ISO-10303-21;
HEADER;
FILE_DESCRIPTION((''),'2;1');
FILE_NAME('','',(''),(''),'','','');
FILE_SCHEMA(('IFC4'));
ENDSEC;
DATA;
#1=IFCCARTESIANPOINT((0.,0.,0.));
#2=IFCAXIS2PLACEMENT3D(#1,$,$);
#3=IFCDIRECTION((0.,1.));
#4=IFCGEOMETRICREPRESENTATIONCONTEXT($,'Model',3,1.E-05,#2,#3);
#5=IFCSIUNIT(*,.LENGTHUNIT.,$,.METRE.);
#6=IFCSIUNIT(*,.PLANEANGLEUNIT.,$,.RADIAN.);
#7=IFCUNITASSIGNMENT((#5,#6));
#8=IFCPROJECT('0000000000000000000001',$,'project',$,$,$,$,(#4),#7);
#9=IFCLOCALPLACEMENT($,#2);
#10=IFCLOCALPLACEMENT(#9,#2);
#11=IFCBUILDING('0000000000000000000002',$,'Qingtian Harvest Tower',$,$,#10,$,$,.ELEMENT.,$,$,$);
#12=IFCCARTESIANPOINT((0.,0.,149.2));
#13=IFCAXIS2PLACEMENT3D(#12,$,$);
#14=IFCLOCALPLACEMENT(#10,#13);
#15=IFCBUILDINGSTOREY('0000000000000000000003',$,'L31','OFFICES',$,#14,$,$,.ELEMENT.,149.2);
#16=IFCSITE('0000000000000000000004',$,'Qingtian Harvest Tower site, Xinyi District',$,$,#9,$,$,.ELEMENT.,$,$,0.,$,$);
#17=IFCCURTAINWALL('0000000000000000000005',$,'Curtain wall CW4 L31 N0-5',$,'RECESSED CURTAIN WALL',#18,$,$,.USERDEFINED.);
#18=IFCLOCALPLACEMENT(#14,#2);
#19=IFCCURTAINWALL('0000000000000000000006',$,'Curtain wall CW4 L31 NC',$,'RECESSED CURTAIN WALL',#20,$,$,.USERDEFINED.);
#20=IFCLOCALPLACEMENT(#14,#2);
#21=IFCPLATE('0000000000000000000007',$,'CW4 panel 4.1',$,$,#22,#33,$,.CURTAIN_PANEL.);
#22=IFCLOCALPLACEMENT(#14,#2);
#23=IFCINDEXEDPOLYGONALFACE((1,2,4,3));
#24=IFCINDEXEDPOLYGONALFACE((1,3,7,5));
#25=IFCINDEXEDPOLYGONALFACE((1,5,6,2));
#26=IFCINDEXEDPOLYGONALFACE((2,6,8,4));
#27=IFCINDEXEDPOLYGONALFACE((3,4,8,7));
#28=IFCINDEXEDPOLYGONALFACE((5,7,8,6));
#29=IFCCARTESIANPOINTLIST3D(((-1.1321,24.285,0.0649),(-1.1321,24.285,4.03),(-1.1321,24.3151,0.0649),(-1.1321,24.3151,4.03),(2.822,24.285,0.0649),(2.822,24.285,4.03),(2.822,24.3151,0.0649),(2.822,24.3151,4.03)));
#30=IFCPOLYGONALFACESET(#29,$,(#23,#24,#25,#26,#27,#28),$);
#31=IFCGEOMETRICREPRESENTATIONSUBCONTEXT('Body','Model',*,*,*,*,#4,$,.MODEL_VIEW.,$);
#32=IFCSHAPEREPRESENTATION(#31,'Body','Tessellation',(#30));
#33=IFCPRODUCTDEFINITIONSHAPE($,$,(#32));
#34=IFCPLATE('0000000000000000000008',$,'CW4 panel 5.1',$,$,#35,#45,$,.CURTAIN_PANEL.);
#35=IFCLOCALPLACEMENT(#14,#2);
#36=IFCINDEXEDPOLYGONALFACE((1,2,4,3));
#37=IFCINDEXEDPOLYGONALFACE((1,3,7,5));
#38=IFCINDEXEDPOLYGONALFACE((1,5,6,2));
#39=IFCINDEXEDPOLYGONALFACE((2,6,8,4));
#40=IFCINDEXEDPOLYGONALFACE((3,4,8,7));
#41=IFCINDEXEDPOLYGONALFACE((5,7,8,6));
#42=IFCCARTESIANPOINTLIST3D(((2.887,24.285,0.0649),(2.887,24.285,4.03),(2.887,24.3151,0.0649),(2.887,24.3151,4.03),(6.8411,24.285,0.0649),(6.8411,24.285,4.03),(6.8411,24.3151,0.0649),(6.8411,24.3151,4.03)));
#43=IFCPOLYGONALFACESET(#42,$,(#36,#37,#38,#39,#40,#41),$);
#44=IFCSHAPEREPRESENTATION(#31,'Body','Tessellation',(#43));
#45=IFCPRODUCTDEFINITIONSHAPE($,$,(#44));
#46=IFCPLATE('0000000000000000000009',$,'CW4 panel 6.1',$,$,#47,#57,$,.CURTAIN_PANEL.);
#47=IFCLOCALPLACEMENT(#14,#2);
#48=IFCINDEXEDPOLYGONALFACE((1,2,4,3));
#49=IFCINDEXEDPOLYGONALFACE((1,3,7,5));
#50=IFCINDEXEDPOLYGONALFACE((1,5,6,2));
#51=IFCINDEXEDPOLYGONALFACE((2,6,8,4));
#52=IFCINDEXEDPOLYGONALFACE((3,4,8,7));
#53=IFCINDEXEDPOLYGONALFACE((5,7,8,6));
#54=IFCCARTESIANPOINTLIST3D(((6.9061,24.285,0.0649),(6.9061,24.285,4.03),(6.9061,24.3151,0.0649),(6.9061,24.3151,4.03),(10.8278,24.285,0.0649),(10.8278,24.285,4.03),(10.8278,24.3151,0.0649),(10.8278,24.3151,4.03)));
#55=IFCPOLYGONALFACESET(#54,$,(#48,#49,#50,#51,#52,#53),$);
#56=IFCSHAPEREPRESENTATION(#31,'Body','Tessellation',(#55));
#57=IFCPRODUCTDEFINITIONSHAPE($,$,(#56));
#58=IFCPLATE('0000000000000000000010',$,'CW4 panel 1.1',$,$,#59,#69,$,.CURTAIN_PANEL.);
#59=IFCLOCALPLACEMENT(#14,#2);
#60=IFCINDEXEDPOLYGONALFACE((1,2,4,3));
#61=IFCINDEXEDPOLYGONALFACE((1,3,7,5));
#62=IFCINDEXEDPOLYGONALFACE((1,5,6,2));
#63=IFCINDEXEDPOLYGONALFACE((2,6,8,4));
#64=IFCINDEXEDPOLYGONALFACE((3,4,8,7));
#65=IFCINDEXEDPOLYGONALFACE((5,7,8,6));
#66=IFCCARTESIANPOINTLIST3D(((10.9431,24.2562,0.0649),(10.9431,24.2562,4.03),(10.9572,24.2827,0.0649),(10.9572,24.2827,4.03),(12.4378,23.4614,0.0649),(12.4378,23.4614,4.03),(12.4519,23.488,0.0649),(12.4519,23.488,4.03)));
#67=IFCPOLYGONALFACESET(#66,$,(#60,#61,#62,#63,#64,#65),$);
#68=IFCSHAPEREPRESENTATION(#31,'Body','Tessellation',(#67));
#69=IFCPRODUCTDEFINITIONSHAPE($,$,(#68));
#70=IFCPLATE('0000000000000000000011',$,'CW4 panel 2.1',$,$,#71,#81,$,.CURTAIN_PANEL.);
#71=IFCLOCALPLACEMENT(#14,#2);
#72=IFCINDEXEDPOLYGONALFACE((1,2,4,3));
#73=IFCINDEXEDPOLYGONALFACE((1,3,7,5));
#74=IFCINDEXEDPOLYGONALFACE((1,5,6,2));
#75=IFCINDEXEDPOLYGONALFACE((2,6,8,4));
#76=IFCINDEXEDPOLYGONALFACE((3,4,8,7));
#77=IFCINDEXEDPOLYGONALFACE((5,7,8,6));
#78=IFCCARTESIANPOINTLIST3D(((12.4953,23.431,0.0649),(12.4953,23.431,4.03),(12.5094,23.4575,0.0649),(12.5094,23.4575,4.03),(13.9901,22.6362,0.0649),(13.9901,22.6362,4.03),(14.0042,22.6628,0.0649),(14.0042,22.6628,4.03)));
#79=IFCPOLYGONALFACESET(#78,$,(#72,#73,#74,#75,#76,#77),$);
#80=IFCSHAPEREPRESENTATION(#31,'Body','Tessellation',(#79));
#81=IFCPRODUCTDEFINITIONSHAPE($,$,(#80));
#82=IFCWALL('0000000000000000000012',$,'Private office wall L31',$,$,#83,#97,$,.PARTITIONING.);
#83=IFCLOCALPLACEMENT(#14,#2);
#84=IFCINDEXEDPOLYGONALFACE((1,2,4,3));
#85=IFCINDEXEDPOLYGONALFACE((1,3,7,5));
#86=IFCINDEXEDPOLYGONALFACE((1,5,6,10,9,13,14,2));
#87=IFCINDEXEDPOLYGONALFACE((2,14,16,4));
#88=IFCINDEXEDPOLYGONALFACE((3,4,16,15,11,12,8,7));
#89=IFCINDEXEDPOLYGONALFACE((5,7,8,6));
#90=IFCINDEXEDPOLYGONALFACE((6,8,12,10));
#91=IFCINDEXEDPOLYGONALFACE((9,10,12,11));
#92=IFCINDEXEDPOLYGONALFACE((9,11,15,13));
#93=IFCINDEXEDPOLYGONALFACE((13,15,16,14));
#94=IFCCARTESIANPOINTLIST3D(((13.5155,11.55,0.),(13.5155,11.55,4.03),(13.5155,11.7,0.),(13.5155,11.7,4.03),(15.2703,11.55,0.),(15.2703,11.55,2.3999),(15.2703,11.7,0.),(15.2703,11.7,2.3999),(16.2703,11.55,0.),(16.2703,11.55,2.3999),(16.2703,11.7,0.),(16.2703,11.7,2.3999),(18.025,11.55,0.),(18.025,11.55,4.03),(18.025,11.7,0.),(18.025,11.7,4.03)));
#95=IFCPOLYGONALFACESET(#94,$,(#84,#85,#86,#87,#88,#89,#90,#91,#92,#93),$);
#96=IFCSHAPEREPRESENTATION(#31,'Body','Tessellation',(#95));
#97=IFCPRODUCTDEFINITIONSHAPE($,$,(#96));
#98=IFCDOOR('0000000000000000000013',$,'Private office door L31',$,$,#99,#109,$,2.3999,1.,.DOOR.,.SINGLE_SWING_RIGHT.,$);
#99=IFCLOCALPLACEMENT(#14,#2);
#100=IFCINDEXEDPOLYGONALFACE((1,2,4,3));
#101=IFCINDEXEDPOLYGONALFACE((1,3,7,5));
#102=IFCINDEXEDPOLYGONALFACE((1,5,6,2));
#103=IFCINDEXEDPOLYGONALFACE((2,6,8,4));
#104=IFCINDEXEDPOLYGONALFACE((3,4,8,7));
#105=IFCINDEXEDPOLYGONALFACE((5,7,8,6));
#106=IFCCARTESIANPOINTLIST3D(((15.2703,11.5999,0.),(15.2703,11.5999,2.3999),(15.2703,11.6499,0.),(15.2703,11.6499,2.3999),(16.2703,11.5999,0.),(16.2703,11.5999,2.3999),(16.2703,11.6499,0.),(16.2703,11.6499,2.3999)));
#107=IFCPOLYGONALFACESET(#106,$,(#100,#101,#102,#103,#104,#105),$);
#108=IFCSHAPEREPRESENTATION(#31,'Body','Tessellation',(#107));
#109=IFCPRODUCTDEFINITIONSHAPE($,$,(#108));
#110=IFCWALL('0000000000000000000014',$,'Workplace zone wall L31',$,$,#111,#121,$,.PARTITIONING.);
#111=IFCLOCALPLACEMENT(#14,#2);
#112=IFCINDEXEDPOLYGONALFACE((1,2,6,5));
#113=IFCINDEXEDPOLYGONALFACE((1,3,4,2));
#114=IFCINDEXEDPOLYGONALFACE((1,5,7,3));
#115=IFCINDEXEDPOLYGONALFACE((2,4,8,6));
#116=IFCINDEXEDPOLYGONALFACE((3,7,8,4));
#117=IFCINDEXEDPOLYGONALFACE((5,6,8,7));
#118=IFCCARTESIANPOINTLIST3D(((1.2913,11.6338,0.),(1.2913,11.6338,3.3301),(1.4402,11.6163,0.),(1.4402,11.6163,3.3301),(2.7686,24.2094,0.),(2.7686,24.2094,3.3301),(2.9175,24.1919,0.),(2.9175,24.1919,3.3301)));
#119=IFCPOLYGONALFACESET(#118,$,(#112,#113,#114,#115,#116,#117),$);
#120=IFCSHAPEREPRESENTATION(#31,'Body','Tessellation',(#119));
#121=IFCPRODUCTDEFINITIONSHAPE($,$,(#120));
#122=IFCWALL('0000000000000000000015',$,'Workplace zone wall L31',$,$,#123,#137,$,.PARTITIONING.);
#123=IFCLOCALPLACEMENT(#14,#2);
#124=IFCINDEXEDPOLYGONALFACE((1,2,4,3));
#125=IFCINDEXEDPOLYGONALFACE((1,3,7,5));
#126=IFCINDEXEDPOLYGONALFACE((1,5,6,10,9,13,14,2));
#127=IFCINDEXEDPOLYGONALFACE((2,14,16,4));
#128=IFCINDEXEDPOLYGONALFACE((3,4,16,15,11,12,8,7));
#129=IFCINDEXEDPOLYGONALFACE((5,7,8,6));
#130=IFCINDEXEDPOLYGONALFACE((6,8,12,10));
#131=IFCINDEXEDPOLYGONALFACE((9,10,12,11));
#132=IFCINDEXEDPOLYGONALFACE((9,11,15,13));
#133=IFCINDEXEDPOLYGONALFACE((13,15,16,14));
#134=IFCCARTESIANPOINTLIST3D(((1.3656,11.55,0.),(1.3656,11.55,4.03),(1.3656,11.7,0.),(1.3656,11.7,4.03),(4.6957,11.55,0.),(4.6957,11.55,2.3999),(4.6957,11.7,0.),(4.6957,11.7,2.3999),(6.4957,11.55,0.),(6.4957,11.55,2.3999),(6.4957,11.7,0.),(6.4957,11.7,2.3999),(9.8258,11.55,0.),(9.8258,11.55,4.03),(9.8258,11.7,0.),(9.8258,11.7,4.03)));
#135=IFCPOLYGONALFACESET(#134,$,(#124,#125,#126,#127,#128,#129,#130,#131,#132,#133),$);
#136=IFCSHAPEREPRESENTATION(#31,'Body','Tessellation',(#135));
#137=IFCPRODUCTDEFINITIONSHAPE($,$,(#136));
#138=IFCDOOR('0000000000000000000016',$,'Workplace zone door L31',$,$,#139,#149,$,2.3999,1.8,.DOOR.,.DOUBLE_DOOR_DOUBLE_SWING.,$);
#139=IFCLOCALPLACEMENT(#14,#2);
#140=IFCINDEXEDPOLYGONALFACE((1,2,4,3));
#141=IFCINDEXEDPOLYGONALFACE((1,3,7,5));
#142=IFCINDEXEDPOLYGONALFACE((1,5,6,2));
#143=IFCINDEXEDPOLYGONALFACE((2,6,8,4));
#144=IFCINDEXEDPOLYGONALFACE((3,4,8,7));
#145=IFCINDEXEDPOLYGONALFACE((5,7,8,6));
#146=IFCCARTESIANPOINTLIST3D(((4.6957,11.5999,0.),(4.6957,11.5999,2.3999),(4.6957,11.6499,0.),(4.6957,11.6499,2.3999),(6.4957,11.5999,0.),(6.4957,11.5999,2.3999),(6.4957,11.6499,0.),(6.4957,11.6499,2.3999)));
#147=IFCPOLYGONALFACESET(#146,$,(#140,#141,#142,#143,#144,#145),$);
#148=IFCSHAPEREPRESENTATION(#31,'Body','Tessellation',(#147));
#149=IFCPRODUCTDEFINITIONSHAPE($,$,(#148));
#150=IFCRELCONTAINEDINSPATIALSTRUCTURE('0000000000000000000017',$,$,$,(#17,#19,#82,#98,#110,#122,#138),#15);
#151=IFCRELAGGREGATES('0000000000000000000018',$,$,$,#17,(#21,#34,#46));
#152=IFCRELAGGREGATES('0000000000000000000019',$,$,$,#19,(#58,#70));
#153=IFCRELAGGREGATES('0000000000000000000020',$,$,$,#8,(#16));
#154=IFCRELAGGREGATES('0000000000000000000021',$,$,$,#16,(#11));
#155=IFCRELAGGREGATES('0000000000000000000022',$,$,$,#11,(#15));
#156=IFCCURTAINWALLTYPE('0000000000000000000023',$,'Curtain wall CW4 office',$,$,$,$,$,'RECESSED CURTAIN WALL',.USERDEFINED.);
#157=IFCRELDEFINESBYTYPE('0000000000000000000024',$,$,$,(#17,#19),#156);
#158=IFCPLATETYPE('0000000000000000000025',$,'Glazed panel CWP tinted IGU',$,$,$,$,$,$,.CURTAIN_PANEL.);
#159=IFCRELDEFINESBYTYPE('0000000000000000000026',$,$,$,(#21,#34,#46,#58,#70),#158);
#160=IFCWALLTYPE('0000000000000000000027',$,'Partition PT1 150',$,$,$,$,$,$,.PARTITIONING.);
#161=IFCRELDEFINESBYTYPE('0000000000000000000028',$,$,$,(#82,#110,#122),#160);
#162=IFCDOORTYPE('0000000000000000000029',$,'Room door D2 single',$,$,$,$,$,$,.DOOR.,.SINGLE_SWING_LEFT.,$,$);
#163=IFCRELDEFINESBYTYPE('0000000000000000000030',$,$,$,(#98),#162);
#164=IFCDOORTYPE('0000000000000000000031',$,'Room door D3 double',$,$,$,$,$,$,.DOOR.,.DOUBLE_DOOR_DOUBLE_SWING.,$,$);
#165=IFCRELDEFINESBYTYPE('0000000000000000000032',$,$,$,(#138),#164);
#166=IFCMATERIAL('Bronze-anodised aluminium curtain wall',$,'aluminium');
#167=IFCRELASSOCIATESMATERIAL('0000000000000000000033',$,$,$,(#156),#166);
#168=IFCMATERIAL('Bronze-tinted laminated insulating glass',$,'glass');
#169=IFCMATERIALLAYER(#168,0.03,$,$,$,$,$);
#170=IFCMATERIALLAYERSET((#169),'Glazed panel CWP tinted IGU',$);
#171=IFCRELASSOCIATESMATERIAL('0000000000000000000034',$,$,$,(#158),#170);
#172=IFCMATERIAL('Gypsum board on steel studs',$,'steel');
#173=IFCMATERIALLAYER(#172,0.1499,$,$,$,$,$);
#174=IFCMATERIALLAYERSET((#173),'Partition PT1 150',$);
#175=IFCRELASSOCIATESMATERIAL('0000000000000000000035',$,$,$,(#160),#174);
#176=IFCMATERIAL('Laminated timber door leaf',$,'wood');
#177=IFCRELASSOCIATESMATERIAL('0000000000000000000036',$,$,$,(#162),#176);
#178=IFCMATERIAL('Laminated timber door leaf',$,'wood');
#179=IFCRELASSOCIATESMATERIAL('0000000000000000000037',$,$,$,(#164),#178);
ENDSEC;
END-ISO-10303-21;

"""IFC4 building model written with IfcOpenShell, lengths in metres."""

from ifc_helpers import new_model, si_unit, direction, frame, frame_2d, origin, origin_2d, place, context, subcontext, project, spatial, rectangle, extrude, material, layer, layer_set, type_object, element, fill, aggregate, save


model = new_model("IFC4")

# Units and contexts
model_context = context("Model", 3, precision=1e-05, world=origin(), true_north=direction((0.0, 1.0)))
body_context = subcontext(model_context, "Body", "Model", "MODEL_VIEW")
ifc_project = project(units=[si_unit("LENGTHUNIT", "METRE"), si_unit("PLANEANGLEUNIT", "RADIAN")], contexts=[model_context])

# Site, building, storey
site_placement = place(None, origin())
site = spatial("IfcSite", under=ifc_project, at=site_placement, Name="Qingtian Harvest Tower site, Xinyi District", CompositionType="ELEMENT", RefElevation=0.0)
building_placement = place(site_placement, origin())
building = spatial("IfcBuilding", under=site, at=building_placement, Name="Qingtian Harvest Tower", CompositionType="ELEMENT")
storey_placement = place(building_placement, frame((0.0, 0.0, 149.2)))
storey = spatial("IfcBuildingStorey", under=building, at=storey_placement, Name="L31", Description="OFFICES", CompositionType="ELEMENT", Elevation=149.2)

# Curtain walls
ifc_material_1 = material(Name="Bronze-anodised aluminium curtain wall", Category="aluminium")
curtain_wall_type = type_object("IfcCurtainWallType", Name="Curtain wall CW4 office", ElementType="RECESSED CURTAIN WALL", PredefinedType="USERDEFINED", material=ifc_material_1)
curtain_wall_1_placement = place(storey_placement, origin())
curtain_wall_1 = element("IfcCurtainWall", 1, at=curtain_wall_1_placement, inside=storey, type_object=curtain_wall_type, Name="Curtain wall CW4 L31 N0-5", ObjectType="RECESSED CURTAIN WALL", PredefinedType="USERDEFINED")
curtain_wall_2_placement = place(storey_placement, origin())
curtain_wall_2 = element("IfcCurtainWall", 2, at=curtain_wall_2_placement, inside=storey, type_object=curtain_wall_type, Name="Curtain wall CW4 L31 NC", ObjectType="RECESSED CURTAIN WALL", PredefinedType="USERDEFINED")

# Plates
ifc_material_2 = material(Name="Bronze-tinted laminated insulating glass", Category="glass")
ifc_layer_1 = layer(ifc_material_2, 0.03)
ifc_layer_set_1 = layer_set([ifc_layer_1], Name="Glazed panel CWP tinted IGU")
plate_type = type_object("IfcPlateType", Name="Glazed panel CWP tinted IGU", PredefinedType="CURTAIN_PANEL", material=ifc_layer_set_1)
plate_1_placement = place(storey_placement, frame((0.845, 24.3, 0.0649), z_axis=(0.0, 0.0, 1.0), x_axis=(1.0, 0.0, 0.0)))
plate_1 = element("IfcPlate", 3, at=plate_1_placement, type_object=plate_type, Name="CW4 panel 4.1", PredefinedType="CURTAIN_PANEL", context=body_context, shape_type="SweptSolid", body=[
    extrude(rectangle(XDim=3.9541, YDim=0.03, at=origin_2d()), origin(), (0.0, 0.0, 1.0), 3.9651),
])
plate_2_placement = place(storey_placement, frame((4.864, 24.3, 0.0649), z_axis=(0.0, 0.0, 1.0), x_axis=(1.0, 0.0, 0.0)))
plate_2 = element("IfcPlate", 4, at=plate_2_placement, type_object=plate_type, Name="CW4 panel 5.1", PredefinedType="CURTAIN_PANEL", context=body_context, shape_type="SweptSolid", body=[
    extrude(rectangle(XDim=3.9541, YDim=0.03, at=origin_2d()), origin(), (0.0, 0.0, 1.0), 3.9651),
])
plate_3_placement = place(storey_placement, frame((8.8669, 24.3, 0.0649), z_axis=(0.0, 0.0, 1.0), x_axis=(1.0, 0.0, 0.0)))
plate_3 = element("IfcPlate", 5, at=plate_3_placement, type_object=plate_type, Name="CW4 panel 6.1", PredefinedType="CURTAIN_PANEL", context=body_context, shape_type="SweptSolid", body=[
    extrude(rectangle(XDim=3.9216, YDim=0.03, at=origin_2d()), origin(), (0.0, 0.0, 1.0), 3.9651),
])
aggregate(curtain_wall_1, [plate_1, plate_2, plate_3])
plate_4_placement = place(storey_placement, frame((11.6975, 23.8721, 0.0649), z_axis=(0.0, 0.0, 1.0), x_axis=(0.882948, -0.469472, 0.0)))
plate_4 = element("IfcPlate", 6, at=plate_4_placement, type_object=plate_type, Name="CW4 panel 1.1", PredefinedType="CURTAIN_PANEL", context=body_context, shape_type="SweptSolid", body=[
    extrude(rectangle(XDim=1.6929, YDim=0.03, at=origin_2d()), origin(), (0.0, 0.0, 1.0), 3.9651),
])
plate_5_placement = place(storey_placement, frame((13.2498, 23.0469, 0.0649), z_axis=(0.0, 0.0, 1.0), x_axis=(0.882948, -0.469472, 0.0)))
plate_5 = element("IfcPlate", 7, at=plate_5_placement, type_object=plate_type, Name="CW4 panel 2.1", PredefinedType="CURTAIN_PANEL", context=body_context, shape_type="SweptSolid", body=[
    extrude(rectangle(XDim=1.6929, YDim=0.03, at=origin_2d()), origin(), (0.0, 0.0, 1.0), 3.9651),
])
aggregate(curtain_wall_2, [plate_4, plate_5])

# Wall, opening, door
ifc_material_3 = material(Name="Gypsum board on steel studs", Category="steel")
ifc_layer_2 = layer(ifc_material_3, 0.1499)
ifc_layer_set_2 = layer_set([ifc_layer_2], Name="Partition PT1 150")
wall_type = type_object("IfcWallType", Name="Partition PT1 150", PredefinedType="PARTITIONING", material=ifc_layer_set_2)
ifc_material_4 = material(Name="Laminated timber door leaf", Category="wood")
door_type_1 = type_object("IfcDoorType", Name="Room door D2 single", OperationType="SINGLE_SWING_LEFT", PredefinedType="DOOR", material=ifc_material_4)
wall_1_placement = place(storey_placement, frame((13.5154, 11.625, 0.0), z_axis=(0.0, 0.0, 1.0), x_axis=(1.0, 0.0, 0.0)))
wall_1 = element("IfcWall", 8, at=wall_1_placement, inside=storey, type_object=wall_type, Name="Private office wall L31", PredefinedType="PARTITIONING", context=body_context, shape_type="SweptSolid", body=[
    extrude(rectangle(XDim=4.5095, YDim=0.1499, at=frame_2d((2.2549, 0.0))), origin(), (0.0, 0.0, 1.0), 4.03),
])
opening_1_placement = place(wall_1_placement, frame((1.7549, 0.0, 0.0)))
opening_1 = element("IfcOpeningElement", 9, at=opening_1_placement, cuts=wall_1, PredefinedType="OPENING", context=body_context, shape_type="SweptSolid", body=[
    extrude(rectangle(XDim=1.0, YDim=2.3999, at=frame_2d((0.5, 1.2))), frame((0.0, 0.085, 0.0), z_axis=(0.0, -1.0, 0.0), x_axis=(1.0, 0.0, 0.0)), (0.0, 0.0, 1.0), 0.1699),
])
door_1_placement = place(opening_1_placement, origin())
door_1 = element("IfcDoor", 10, at=door_1_placement, inside=storey, type_object=door_type_1, Name="Private office door L31", OperationType="SINGLE_SWING_RIGHT", OverallHeight=2.3999, OverallWidth=1.0, PredefinedType="DOOR", context=body_context, shape_type="SweptSolid", body=[
    extrude(rectangle(XDim=1.0, YDim=2.3999, at=frame_2d((0.5, 1.2))), frame((0.0, 0.0249, 0.0), z_axis=(0.0, -1.0, 0.0), x_axis=(1.0, 0.0, 0.0)), (0.0, 0.0, 1.0), 0.05),
])
fill(opening_1, door_1)

# Wall
wall_2_placement = place(storey_placement, frame((2.843, 24.2007, 0.0), z_axis=(0.0, 0.0, 1.0), x_axis=(-0.11667, -0.993171, 0.0)))
element("IfcWall", 11, at=wall_2_placement, inside=storey, type_object=wall_type, Name="Workplace zone wall L31", PredefinedType="PARTITIONING", context=body_context, shape_type="SweptSolid", body=[
    extrude(rectangle(XDim=12.6621, YDim=0.1499, at=frame_2d((6.3311, 0.0))), origin(), (0.0, 0.0, 1.0), 3.3301),
])

# Wall, opening, door
wall_3_placement = place(storey_placement, frame((1.3657, 11.625, 0.0), z_axis=(0.0, 0.0, 1.0), x_axis=(1.0, 0.0, 0.0)))
wall_3 = element("IfcWall", 12, at=wall_3_placement, inside=storey, type_object=wall_type, Name="Workplace zone wall L31", PredefinedType="PARTITIONING", context=body_context, shape_type="SweptSolid", body=[
    extrude(rectangle(XDim=8.4602, YDim=0.1499, at=frame_2d((4.23, 0.0))), origin(), (0.0, 0.0, 1.0), 4.03),
])
opening_2_placement = place(wall_3_placement, frame((3.3301, 0.0, 0.0)))
opening_2 = element("IfcOpeningElement", 13, at=opening_2_placement, cuts=wall_3, PredefinedType="OPENING", context=body_context, shape_type="SweptSolid", body=[
    extrude(rectangle(XDim=1.8, YDim=2.3999, at=frame_2d((0.8999, 1.2))), frame((0.0, 0.085, 0.0), z_axis=(0.0, -1.0, 0.0), x_axis=(1.0, 0.0, 0.0)), (0.0, 0.0, 1.0), 0.1699),
])
ifc_material_5 = material(Name="Laminated timber door leaf", Category="wood")
door_type_2 = type_object("IfcDoorType", Name="Room door D3 double", OperationType="DOUBLE_DOOR_DOUBLE_SWING", PredefinedType="DOOR", material=ifc_material_5)
door_2_placement = place(opening_2_placement, origin())
door_2 = element("IfcDoor", 14, at=door_2_placement, inside=storey, type_object=door_type_2, Name="Workplace zone door L31", OperationType="DOUBLE_DOOR_DOUBLE_SWING", OverallHeight=2.3999, OverallWidth=1.8, PredefinedType="DOOR", context=body_context, shape_type="SweptSolid", body=[
    extrude(rectangle(XDim=1.8, YDim=2.3999, at=frame_2d((0.8999, 1.2))), frame((0.0, 0.0249, 0.0), z_axis=(0.0, -1.0, 0.0), x_axis=(1.0, 0.0, 0.0)), (0.0, 0.0, 1.0), 0.05),
])
fill(opening_2, door_2)

save(model, "model.ifc")
